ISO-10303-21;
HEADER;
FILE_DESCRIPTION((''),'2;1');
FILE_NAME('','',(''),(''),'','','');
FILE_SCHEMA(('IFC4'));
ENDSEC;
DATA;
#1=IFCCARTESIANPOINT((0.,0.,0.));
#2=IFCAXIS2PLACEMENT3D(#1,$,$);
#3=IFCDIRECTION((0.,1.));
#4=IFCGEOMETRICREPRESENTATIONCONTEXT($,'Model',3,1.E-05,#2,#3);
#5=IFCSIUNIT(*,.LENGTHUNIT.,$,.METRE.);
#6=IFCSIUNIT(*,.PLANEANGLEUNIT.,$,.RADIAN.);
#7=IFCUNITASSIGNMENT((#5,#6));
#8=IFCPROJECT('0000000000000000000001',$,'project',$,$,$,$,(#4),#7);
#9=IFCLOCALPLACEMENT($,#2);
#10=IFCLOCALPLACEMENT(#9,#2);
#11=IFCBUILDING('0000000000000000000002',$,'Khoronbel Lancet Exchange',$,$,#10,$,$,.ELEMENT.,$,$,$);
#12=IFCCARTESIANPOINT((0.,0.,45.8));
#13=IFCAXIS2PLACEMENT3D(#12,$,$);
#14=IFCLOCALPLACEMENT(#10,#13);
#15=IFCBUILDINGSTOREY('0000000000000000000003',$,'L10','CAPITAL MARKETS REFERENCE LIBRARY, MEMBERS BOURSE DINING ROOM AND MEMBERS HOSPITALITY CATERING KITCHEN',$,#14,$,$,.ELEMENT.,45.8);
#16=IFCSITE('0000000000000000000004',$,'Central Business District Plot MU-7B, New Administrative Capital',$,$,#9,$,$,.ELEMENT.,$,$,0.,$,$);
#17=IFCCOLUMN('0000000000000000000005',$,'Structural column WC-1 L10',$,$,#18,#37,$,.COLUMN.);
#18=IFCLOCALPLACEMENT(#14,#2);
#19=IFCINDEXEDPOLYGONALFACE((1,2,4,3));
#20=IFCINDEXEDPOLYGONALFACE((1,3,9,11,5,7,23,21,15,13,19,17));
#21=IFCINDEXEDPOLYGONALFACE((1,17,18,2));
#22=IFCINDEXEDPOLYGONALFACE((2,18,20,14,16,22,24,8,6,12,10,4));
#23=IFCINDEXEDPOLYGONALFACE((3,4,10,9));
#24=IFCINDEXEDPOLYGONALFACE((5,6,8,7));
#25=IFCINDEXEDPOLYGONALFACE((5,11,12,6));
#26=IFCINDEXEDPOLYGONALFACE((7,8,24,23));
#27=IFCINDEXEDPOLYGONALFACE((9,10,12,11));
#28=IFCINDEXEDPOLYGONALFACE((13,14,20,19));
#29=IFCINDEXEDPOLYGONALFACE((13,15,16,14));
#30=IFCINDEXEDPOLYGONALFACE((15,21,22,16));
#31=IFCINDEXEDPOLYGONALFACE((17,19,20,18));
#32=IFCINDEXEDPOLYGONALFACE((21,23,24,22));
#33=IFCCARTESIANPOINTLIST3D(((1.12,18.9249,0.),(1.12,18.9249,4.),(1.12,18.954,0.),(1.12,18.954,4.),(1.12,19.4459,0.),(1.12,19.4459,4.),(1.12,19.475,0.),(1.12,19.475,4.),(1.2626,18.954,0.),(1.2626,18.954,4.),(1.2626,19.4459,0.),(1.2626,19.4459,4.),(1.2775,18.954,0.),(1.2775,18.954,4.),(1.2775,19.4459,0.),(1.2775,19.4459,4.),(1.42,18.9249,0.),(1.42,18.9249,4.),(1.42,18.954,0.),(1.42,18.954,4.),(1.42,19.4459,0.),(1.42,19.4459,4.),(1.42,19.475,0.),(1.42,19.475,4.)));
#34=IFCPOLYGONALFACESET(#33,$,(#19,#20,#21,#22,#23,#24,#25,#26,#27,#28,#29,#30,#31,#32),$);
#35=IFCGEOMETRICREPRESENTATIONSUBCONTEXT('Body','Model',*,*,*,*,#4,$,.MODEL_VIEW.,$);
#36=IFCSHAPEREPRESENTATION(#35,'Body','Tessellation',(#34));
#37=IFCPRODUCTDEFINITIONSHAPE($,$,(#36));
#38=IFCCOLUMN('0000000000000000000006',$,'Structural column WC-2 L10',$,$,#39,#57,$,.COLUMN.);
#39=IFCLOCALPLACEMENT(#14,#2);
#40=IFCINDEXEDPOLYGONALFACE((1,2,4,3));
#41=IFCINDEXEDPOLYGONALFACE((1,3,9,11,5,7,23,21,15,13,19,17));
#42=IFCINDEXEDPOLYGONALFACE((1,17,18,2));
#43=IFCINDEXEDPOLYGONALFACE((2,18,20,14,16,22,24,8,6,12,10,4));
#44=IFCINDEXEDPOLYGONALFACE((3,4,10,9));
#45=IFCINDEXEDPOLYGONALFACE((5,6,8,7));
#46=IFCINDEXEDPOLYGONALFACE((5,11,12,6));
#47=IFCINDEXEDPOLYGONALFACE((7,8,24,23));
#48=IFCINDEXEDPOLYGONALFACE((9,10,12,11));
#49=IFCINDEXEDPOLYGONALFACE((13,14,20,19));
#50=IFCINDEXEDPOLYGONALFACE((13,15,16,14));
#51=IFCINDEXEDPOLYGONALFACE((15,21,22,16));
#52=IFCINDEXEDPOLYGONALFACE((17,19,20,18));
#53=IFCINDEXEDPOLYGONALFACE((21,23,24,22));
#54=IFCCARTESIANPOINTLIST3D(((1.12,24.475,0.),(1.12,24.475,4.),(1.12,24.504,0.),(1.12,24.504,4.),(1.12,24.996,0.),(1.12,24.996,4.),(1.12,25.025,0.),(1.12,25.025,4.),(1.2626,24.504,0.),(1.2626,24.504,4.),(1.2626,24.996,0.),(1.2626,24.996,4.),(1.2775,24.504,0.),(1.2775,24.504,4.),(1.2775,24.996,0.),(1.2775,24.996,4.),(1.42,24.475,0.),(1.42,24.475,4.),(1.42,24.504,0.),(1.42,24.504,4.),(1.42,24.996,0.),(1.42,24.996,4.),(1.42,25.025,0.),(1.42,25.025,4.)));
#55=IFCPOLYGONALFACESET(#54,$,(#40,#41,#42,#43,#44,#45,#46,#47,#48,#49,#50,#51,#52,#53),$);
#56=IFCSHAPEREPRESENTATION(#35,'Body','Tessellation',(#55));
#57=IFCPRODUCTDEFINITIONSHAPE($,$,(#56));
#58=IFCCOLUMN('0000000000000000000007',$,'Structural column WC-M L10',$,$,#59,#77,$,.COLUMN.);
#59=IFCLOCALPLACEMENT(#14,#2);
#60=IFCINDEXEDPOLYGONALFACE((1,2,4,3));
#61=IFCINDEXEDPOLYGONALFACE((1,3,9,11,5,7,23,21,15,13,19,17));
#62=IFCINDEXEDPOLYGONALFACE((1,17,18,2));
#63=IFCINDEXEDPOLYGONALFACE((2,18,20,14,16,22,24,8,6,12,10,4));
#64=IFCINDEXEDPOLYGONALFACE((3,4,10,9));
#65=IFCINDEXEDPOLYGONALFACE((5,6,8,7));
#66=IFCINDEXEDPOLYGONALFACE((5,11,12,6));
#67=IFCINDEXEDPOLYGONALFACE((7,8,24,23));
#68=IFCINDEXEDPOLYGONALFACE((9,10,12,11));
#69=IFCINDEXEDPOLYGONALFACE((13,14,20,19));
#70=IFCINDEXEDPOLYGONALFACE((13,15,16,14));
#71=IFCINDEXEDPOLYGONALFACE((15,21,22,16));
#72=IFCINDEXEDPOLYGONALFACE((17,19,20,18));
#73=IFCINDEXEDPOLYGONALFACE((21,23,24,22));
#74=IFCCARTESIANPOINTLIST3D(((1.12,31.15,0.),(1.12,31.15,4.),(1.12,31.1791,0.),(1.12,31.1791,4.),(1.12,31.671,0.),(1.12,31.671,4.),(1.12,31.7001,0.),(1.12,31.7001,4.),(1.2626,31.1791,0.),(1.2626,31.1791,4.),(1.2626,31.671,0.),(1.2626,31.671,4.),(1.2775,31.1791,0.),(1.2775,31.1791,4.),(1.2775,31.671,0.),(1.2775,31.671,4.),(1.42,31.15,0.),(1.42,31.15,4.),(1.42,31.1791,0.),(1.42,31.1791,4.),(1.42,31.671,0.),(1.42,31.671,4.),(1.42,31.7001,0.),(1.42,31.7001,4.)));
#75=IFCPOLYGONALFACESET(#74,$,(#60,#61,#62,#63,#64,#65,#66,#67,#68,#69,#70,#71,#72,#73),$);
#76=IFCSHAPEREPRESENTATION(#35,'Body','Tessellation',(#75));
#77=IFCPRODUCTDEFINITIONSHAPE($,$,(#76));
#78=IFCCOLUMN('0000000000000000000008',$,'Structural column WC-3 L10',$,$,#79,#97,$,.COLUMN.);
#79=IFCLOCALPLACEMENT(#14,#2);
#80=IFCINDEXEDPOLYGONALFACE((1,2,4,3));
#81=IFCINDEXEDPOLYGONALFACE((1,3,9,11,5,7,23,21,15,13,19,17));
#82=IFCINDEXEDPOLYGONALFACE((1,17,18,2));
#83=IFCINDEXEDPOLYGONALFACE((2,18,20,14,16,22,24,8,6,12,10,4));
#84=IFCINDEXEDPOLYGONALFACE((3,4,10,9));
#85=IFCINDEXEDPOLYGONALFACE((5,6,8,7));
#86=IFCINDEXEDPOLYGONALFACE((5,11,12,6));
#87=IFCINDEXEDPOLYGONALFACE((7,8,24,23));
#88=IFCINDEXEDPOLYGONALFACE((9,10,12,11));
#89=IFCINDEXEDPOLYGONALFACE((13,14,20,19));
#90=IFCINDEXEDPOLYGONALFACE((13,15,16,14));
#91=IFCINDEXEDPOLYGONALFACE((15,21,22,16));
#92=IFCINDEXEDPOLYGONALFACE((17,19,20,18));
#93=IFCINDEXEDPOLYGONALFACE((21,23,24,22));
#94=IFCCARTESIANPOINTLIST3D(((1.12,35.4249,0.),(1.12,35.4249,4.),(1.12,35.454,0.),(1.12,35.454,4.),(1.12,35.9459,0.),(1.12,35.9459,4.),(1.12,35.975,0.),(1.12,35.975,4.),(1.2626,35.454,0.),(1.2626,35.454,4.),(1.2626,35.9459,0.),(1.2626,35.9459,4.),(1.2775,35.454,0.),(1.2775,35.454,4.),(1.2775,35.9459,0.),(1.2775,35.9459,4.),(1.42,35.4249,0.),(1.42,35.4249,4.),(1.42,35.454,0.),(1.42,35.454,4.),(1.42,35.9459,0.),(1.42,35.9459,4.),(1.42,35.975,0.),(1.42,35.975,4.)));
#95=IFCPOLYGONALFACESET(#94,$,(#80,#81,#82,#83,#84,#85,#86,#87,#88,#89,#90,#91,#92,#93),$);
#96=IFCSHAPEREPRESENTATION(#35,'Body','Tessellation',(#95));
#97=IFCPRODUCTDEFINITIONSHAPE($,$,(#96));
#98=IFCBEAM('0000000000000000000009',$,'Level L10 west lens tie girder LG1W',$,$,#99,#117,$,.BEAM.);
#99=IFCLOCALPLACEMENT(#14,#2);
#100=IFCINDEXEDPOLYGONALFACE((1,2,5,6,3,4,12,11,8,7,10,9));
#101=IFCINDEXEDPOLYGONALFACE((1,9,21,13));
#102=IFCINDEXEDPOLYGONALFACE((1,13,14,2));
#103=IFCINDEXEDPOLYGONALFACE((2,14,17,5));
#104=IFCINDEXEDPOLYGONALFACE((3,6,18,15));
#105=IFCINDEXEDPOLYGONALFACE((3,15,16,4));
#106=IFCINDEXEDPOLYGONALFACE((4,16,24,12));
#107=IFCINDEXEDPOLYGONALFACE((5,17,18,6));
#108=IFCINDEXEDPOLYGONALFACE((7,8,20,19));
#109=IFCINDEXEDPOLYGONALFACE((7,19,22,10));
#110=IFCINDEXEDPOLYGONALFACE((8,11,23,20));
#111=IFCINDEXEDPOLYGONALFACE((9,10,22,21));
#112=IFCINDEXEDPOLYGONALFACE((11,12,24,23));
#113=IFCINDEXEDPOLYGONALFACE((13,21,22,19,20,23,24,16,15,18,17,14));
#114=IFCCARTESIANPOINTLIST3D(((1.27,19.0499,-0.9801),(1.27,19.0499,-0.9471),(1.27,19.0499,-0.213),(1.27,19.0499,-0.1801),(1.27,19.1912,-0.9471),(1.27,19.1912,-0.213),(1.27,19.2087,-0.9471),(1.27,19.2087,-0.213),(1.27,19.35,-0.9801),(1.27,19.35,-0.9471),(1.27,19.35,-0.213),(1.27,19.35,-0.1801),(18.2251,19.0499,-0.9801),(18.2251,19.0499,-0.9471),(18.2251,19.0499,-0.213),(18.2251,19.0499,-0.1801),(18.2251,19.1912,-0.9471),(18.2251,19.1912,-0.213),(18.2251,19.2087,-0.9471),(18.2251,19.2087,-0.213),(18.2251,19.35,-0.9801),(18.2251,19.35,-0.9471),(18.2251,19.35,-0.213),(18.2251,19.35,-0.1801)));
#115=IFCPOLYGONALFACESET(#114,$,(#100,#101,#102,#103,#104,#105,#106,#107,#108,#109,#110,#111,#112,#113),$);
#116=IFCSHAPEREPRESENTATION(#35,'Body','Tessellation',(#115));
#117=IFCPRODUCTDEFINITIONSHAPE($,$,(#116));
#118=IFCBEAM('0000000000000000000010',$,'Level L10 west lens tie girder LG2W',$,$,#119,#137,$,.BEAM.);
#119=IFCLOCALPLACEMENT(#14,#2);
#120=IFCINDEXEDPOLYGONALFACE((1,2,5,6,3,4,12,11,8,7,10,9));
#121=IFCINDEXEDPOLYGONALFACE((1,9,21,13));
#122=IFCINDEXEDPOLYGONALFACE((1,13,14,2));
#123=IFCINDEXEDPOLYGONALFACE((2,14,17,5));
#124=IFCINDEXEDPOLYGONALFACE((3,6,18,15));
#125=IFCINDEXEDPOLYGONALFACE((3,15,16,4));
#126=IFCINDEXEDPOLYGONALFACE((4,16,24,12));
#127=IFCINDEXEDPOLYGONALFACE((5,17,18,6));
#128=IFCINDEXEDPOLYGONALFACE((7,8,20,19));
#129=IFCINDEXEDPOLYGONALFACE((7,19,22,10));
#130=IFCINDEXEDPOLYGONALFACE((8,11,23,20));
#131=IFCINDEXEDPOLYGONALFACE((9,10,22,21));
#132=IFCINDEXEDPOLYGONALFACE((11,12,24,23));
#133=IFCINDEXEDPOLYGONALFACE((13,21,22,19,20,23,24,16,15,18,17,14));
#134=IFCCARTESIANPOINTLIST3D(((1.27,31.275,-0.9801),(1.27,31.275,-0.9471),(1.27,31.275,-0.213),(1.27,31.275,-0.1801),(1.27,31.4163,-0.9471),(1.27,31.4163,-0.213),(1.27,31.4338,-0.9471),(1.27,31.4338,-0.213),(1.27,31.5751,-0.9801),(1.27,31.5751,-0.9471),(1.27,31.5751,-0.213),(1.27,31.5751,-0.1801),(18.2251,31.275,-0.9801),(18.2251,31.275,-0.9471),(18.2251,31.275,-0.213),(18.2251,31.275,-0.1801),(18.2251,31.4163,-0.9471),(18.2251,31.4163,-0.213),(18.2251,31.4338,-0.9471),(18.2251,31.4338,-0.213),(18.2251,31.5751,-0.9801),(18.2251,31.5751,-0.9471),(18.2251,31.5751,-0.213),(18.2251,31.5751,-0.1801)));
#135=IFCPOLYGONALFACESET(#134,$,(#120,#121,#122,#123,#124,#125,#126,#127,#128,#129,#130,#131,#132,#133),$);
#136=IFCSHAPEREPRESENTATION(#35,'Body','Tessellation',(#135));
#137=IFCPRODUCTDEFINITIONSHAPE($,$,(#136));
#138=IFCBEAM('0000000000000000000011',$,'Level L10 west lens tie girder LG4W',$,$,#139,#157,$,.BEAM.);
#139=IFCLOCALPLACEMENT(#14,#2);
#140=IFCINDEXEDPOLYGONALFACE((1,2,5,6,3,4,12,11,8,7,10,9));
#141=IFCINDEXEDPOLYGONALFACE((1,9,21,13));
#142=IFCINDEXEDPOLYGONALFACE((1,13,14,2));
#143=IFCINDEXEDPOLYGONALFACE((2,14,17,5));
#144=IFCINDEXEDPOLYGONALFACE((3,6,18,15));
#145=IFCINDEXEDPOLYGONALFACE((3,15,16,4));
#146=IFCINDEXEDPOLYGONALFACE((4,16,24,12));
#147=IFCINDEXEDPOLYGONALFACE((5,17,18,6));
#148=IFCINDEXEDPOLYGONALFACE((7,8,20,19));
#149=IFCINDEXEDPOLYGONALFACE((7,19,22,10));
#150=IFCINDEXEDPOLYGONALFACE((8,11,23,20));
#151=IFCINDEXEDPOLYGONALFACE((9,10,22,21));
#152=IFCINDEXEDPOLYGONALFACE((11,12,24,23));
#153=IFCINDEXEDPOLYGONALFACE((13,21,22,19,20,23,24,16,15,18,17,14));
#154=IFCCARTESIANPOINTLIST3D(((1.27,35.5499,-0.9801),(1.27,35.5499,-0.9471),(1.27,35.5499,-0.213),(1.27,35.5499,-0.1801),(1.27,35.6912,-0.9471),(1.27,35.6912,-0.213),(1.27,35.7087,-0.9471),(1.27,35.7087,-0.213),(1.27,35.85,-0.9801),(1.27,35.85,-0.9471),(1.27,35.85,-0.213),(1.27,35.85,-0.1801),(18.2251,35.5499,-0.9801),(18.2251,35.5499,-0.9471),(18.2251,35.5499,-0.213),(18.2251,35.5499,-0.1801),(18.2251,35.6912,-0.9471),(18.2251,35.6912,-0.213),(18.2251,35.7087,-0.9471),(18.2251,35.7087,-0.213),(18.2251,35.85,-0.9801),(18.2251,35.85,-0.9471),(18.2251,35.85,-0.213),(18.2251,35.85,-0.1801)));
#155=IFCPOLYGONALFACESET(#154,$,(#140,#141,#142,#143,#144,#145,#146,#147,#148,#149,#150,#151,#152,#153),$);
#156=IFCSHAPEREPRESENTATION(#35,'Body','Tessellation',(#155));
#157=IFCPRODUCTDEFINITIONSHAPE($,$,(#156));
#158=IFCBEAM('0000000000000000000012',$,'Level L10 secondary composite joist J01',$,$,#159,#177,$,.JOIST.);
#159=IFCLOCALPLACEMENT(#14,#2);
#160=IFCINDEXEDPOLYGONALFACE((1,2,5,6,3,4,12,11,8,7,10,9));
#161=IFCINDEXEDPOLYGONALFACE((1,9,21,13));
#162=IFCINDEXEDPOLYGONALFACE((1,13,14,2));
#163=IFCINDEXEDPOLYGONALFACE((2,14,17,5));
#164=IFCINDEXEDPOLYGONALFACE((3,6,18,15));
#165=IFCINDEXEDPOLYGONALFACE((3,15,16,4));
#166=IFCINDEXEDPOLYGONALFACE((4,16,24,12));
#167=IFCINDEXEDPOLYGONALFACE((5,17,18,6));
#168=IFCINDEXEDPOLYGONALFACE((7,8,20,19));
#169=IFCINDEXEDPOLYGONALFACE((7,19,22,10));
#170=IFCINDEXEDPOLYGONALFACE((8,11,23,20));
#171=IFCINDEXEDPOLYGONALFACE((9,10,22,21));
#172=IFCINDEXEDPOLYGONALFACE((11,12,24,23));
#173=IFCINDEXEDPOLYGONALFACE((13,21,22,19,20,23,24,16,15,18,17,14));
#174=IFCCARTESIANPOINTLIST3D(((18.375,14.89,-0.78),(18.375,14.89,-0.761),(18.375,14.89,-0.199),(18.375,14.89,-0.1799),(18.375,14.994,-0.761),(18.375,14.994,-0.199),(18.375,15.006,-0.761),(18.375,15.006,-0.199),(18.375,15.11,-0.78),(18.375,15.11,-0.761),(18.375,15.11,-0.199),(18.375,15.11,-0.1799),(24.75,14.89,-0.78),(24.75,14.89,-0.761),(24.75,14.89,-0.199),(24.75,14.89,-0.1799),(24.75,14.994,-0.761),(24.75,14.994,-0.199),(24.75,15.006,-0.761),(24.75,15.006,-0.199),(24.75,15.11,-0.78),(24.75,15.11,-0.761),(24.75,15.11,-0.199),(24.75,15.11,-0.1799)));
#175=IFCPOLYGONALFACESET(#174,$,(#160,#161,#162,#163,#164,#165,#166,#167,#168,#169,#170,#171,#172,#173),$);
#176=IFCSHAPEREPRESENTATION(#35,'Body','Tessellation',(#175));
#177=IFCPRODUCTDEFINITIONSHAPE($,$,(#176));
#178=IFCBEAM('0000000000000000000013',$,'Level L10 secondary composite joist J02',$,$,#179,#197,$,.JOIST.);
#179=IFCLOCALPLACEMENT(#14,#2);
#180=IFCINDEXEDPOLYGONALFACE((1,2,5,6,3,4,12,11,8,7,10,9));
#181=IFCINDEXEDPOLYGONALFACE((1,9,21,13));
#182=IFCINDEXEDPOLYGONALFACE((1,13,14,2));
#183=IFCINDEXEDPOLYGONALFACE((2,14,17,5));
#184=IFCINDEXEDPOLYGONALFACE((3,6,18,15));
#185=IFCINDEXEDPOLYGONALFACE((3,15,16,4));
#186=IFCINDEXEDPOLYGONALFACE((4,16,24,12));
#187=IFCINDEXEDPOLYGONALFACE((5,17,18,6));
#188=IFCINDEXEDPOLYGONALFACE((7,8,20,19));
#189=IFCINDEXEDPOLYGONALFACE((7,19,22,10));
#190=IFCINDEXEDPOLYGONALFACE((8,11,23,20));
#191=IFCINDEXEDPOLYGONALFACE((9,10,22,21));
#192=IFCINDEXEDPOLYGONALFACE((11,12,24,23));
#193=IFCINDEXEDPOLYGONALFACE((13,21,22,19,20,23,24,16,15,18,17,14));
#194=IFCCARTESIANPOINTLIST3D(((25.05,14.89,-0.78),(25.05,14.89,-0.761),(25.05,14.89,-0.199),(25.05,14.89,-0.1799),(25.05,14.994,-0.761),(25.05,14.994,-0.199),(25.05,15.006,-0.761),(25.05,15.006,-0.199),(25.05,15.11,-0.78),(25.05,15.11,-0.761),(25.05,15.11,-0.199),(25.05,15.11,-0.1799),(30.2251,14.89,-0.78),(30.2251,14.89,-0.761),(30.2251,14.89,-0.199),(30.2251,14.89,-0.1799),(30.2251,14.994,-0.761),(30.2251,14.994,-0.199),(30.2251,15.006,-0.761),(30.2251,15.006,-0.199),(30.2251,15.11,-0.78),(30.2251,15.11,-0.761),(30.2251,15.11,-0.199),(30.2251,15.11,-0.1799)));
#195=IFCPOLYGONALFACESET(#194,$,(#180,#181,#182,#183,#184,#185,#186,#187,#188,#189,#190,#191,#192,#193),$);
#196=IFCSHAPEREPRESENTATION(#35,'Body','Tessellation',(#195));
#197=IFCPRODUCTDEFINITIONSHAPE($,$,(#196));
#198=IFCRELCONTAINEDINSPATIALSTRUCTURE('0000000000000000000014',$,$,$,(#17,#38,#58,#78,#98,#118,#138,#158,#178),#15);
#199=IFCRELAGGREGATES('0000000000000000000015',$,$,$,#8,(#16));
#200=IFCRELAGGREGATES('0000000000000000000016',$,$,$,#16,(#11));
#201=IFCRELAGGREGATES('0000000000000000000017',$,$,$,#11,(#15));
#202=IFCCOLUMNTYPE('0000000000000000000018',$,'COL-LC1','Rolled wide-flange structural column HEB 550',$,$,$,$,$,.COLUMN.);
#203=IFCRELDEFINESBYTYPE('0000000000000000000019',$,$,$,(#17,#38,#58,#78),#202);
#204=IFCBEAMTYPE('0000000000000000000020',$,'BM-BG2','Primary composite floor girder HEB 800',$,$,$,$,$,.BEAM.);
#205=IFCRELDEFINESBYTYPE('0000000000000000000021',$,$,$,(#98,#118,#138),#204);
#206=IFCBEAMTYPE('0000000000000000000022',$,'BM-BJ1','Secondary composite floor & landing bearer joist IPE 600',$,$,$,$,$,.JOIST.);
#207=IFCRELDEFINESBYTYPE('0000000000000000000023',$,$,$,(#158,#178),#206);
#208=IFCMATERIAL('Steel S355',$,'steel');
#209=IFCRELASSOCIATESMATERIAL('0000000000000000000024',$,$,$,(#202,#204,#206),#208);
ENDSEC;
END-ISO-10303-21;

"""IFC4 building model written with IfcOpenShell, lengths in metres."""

from ifc_helpers import new_model, si_unit, direction, frame, origin, origin_2d, place, context, subcontext, project, spatial, i_section, extrude, material, material_profile, profile_set, type_object, element, save


model = new_model("IFC4")

# Units and contexts
model_context = context("Model", 3, precision=1e-05, world=origin(), true_north=direction((0.0, 1.0)))
body_context = subcontext(model_context, "Body", "Model", "MODEL_VIEW")
ifc_project = project(units=[si_unit("LENGTHUNIT", "METRE"), si_unit("PLANEANGLEUNIT", "RADIAN")], contexts=[model_context])

# Site, building, storey
site_placement = place(None, origin())
site = spatial("IfcSite", under=ifc_project, at=site_placement, Name="Central Business District Plot MU-7B, New Administrative Capital", CompositionType="ELEMENT", RefElevation=0.0)
building_placement = place(site_placement, origin())
building = spatial("IfcBuilding", under=site, at=building_placement, Name="Khoronbel Lancet Exchange", CompositionType="ELEMENT")
storey_placement = place(building_placement, frame((0.0, 0.0, 45.8)))
storey = spatial("IfcBuildingStorey", under=building, at=storey_placement, Name="L10", Description="CAPITAL MARKETS REFERENCE LIBRARY, MEMBERS BOURSE DINING ROOM AND MEMBERS HOSPITALITY CATERING KITCHEN", CompositionType="ELEMENT", Elevation=45.8)

# Columns
ifc_material_1 = material(Name="Steel S355", Category="steel")
ifc_material_profile_1 = material_profile(ifc_material_1, i_section(OverallWidth=0.3, OverallDepth=0.55, WebThickness=0.0149, FlangeThickness=0.0291, at=origin_2d()), Name="HEB 550")
ifc_profile_set_1 = profile_set([ifc_material_profile_1], Name="Steel S355")
column_type = type_object("IfcColumnType", Name="COL-LC1", Description="Rolled wide-flange structural column HEB 550", PredefinedType="COLUMN", material=ifc_profile_set_1)
for number, where, z_axis, x_axis, name in (
    (1, (1.27, 19.2, 0.0), (0.0, 0.0, 1.0), (1.0, 0.0, 0.0), "Structural column WC-1 L10"),
    (2, (1.27, 24.75, 0.0), (0.0, 0.0, 1.0), (1.0, 0.0, 0.0), "Structural column WC-2 L10"),
    (3, (1.27, 31.425, 0.0), (0.0, 0.0, 1.0), (1.0, 0.0, 0.0), "Structural column WC-M L10"),
    (4, (1.27, 35.7, 0.0), (0.0, 0.0, 1.0), (1.0, 0.0, 0.0), "Structural column WC-3 L10"),
):
    element("IfcColumn", number, at=place(storey_placement, frame(where, z_axis=z_axis, x_axis=x_axis)), inside=storey, type_object=column_type, Name=name, PredefinedType="COLUMN", context=body_context, shape_type="SweptSolid", body=[
        extrude(i_section(OverallWidth=0.3, OverallDepth=0.55, WebThickness=0.0149, FlangeThickness=0.0291, at=origin_2d()), origin(), (0.0, 0.0, 1.0), 4.0),
    ])

# Beams
ifc_material_profile_2 = material_profile(ifc_material_1, i_section(OverallWidth=0.3, OverallDepth=0.8, WebThickness=0.0176, FlangeThickness=0.033, at=origin_2d()), Name="HEB 800")
ifc_profile_set_2 = profile_set([ifc_material_profile_2], Name="Steel S355")
beam_type_1 = type_object("IfcBeamType", Name="BM-BG2", Description="Primary composite floor girder HEB 800", PredefinedType="BEAM", material=ifc_profile_set_2)
for number, where, z_axis, x_axis, name in (
    (5, (1.27, 19.2, -0.5801), (1.0, 0.0, 0.0), (0.0, 1.0, 0.0), "Level L10 west lens tie girder LG1W"),
    (6, (1.27, 31.425, -0.5801), (1.0, 0.0, 0.0), (0.0, 1.0, 0.0), "Level L10 west lens tie girder LG2W"),
    (7, (1.27, 35.7, -0.5801), (1.0, 0.0, 0.0), (0.0, 1.0, 0.0), "Level L10 west lens tie girder LG4W"),
):
    element("IfcBeam", number, at=place(storey_placement, frame(where, z_axis=z_axis, x_axis=x_axis)), inside=storey, type_object=beam_type_1, Name=name, PredefinedType="BEAM", context=body_context, shape_type="SweptSolid", body=[
        extrude(i_section(OverallWidth=0.3, OverallDepth=0.8, WebThickness=0.0176, FlangeThickness=0.033, at=origin_2d()), origin(), (0.0, 0.0, 1.0), 16.9551),
    ])
ifc_material_profile_3 = material_profile(ifc_material_1, i_section(OverallWidth=0.22, OverallDepth=0.6001, WebThickness=0.012, FlangeThickness=0.019, at=origin_2d()), Name="IPE 600")
ifc_profile_set_3 = profile_set([ifc_material_profile_3], Name="Steel S355")
beam_type_2 = type_object("IfcBeamType", Name="BM-BJ1", Description="Secondary composite floor & landing bearer joist IPE 600", PredefinedType="JOIST", material=ifc_profile_set_3)
beam_1_placement = place(storey_placement, frame((18.375, 15.0, -0.48), z_axis=(1.0, 0.0, 0.0), x_axis=(0.0, 1.0, 0.0)))
element("IfcBeam", 8, at=beam_1_placement, inside=storey, type_object=beam_type_2, Name="Level L10 secondary composite joist J01", PredefinedType="JOIST", context=body_context, shape_type="SweptSolid", body=[
    extrude(i_section(OverallWidth=0.22, OverallDepth=0.6001, WebThickness=0.012, FlangeThickness=0.019, at=origin_2d()), origin(), (0.0, 0.0, 1.0), 6.375),
])
beam_2_placement = place(storey_placement, frame((25.05, 15.0, -0.48), z_axis=(1.0, 0.0, 0.0), x_axis=(0.0, 1.0, 0.0)))
element("IfcBeam", 9, at=beam_2_placement, inside=storey, type_object=beam_type_2, Name="Level L10 secondary composite joist J02", PredefinedType="JOIST", context=body_context, shape_type="SweptSolid", body=[
    extrude(i_section(OverallWidth=0.22, OverallDepth=0.6001, WebThickness=0.012, FlangeThickness=0.019, at=origin_2d()), origin(), (0.0, 0.0, 1.0), 5.175),
])

save(model, "model.ifc")
